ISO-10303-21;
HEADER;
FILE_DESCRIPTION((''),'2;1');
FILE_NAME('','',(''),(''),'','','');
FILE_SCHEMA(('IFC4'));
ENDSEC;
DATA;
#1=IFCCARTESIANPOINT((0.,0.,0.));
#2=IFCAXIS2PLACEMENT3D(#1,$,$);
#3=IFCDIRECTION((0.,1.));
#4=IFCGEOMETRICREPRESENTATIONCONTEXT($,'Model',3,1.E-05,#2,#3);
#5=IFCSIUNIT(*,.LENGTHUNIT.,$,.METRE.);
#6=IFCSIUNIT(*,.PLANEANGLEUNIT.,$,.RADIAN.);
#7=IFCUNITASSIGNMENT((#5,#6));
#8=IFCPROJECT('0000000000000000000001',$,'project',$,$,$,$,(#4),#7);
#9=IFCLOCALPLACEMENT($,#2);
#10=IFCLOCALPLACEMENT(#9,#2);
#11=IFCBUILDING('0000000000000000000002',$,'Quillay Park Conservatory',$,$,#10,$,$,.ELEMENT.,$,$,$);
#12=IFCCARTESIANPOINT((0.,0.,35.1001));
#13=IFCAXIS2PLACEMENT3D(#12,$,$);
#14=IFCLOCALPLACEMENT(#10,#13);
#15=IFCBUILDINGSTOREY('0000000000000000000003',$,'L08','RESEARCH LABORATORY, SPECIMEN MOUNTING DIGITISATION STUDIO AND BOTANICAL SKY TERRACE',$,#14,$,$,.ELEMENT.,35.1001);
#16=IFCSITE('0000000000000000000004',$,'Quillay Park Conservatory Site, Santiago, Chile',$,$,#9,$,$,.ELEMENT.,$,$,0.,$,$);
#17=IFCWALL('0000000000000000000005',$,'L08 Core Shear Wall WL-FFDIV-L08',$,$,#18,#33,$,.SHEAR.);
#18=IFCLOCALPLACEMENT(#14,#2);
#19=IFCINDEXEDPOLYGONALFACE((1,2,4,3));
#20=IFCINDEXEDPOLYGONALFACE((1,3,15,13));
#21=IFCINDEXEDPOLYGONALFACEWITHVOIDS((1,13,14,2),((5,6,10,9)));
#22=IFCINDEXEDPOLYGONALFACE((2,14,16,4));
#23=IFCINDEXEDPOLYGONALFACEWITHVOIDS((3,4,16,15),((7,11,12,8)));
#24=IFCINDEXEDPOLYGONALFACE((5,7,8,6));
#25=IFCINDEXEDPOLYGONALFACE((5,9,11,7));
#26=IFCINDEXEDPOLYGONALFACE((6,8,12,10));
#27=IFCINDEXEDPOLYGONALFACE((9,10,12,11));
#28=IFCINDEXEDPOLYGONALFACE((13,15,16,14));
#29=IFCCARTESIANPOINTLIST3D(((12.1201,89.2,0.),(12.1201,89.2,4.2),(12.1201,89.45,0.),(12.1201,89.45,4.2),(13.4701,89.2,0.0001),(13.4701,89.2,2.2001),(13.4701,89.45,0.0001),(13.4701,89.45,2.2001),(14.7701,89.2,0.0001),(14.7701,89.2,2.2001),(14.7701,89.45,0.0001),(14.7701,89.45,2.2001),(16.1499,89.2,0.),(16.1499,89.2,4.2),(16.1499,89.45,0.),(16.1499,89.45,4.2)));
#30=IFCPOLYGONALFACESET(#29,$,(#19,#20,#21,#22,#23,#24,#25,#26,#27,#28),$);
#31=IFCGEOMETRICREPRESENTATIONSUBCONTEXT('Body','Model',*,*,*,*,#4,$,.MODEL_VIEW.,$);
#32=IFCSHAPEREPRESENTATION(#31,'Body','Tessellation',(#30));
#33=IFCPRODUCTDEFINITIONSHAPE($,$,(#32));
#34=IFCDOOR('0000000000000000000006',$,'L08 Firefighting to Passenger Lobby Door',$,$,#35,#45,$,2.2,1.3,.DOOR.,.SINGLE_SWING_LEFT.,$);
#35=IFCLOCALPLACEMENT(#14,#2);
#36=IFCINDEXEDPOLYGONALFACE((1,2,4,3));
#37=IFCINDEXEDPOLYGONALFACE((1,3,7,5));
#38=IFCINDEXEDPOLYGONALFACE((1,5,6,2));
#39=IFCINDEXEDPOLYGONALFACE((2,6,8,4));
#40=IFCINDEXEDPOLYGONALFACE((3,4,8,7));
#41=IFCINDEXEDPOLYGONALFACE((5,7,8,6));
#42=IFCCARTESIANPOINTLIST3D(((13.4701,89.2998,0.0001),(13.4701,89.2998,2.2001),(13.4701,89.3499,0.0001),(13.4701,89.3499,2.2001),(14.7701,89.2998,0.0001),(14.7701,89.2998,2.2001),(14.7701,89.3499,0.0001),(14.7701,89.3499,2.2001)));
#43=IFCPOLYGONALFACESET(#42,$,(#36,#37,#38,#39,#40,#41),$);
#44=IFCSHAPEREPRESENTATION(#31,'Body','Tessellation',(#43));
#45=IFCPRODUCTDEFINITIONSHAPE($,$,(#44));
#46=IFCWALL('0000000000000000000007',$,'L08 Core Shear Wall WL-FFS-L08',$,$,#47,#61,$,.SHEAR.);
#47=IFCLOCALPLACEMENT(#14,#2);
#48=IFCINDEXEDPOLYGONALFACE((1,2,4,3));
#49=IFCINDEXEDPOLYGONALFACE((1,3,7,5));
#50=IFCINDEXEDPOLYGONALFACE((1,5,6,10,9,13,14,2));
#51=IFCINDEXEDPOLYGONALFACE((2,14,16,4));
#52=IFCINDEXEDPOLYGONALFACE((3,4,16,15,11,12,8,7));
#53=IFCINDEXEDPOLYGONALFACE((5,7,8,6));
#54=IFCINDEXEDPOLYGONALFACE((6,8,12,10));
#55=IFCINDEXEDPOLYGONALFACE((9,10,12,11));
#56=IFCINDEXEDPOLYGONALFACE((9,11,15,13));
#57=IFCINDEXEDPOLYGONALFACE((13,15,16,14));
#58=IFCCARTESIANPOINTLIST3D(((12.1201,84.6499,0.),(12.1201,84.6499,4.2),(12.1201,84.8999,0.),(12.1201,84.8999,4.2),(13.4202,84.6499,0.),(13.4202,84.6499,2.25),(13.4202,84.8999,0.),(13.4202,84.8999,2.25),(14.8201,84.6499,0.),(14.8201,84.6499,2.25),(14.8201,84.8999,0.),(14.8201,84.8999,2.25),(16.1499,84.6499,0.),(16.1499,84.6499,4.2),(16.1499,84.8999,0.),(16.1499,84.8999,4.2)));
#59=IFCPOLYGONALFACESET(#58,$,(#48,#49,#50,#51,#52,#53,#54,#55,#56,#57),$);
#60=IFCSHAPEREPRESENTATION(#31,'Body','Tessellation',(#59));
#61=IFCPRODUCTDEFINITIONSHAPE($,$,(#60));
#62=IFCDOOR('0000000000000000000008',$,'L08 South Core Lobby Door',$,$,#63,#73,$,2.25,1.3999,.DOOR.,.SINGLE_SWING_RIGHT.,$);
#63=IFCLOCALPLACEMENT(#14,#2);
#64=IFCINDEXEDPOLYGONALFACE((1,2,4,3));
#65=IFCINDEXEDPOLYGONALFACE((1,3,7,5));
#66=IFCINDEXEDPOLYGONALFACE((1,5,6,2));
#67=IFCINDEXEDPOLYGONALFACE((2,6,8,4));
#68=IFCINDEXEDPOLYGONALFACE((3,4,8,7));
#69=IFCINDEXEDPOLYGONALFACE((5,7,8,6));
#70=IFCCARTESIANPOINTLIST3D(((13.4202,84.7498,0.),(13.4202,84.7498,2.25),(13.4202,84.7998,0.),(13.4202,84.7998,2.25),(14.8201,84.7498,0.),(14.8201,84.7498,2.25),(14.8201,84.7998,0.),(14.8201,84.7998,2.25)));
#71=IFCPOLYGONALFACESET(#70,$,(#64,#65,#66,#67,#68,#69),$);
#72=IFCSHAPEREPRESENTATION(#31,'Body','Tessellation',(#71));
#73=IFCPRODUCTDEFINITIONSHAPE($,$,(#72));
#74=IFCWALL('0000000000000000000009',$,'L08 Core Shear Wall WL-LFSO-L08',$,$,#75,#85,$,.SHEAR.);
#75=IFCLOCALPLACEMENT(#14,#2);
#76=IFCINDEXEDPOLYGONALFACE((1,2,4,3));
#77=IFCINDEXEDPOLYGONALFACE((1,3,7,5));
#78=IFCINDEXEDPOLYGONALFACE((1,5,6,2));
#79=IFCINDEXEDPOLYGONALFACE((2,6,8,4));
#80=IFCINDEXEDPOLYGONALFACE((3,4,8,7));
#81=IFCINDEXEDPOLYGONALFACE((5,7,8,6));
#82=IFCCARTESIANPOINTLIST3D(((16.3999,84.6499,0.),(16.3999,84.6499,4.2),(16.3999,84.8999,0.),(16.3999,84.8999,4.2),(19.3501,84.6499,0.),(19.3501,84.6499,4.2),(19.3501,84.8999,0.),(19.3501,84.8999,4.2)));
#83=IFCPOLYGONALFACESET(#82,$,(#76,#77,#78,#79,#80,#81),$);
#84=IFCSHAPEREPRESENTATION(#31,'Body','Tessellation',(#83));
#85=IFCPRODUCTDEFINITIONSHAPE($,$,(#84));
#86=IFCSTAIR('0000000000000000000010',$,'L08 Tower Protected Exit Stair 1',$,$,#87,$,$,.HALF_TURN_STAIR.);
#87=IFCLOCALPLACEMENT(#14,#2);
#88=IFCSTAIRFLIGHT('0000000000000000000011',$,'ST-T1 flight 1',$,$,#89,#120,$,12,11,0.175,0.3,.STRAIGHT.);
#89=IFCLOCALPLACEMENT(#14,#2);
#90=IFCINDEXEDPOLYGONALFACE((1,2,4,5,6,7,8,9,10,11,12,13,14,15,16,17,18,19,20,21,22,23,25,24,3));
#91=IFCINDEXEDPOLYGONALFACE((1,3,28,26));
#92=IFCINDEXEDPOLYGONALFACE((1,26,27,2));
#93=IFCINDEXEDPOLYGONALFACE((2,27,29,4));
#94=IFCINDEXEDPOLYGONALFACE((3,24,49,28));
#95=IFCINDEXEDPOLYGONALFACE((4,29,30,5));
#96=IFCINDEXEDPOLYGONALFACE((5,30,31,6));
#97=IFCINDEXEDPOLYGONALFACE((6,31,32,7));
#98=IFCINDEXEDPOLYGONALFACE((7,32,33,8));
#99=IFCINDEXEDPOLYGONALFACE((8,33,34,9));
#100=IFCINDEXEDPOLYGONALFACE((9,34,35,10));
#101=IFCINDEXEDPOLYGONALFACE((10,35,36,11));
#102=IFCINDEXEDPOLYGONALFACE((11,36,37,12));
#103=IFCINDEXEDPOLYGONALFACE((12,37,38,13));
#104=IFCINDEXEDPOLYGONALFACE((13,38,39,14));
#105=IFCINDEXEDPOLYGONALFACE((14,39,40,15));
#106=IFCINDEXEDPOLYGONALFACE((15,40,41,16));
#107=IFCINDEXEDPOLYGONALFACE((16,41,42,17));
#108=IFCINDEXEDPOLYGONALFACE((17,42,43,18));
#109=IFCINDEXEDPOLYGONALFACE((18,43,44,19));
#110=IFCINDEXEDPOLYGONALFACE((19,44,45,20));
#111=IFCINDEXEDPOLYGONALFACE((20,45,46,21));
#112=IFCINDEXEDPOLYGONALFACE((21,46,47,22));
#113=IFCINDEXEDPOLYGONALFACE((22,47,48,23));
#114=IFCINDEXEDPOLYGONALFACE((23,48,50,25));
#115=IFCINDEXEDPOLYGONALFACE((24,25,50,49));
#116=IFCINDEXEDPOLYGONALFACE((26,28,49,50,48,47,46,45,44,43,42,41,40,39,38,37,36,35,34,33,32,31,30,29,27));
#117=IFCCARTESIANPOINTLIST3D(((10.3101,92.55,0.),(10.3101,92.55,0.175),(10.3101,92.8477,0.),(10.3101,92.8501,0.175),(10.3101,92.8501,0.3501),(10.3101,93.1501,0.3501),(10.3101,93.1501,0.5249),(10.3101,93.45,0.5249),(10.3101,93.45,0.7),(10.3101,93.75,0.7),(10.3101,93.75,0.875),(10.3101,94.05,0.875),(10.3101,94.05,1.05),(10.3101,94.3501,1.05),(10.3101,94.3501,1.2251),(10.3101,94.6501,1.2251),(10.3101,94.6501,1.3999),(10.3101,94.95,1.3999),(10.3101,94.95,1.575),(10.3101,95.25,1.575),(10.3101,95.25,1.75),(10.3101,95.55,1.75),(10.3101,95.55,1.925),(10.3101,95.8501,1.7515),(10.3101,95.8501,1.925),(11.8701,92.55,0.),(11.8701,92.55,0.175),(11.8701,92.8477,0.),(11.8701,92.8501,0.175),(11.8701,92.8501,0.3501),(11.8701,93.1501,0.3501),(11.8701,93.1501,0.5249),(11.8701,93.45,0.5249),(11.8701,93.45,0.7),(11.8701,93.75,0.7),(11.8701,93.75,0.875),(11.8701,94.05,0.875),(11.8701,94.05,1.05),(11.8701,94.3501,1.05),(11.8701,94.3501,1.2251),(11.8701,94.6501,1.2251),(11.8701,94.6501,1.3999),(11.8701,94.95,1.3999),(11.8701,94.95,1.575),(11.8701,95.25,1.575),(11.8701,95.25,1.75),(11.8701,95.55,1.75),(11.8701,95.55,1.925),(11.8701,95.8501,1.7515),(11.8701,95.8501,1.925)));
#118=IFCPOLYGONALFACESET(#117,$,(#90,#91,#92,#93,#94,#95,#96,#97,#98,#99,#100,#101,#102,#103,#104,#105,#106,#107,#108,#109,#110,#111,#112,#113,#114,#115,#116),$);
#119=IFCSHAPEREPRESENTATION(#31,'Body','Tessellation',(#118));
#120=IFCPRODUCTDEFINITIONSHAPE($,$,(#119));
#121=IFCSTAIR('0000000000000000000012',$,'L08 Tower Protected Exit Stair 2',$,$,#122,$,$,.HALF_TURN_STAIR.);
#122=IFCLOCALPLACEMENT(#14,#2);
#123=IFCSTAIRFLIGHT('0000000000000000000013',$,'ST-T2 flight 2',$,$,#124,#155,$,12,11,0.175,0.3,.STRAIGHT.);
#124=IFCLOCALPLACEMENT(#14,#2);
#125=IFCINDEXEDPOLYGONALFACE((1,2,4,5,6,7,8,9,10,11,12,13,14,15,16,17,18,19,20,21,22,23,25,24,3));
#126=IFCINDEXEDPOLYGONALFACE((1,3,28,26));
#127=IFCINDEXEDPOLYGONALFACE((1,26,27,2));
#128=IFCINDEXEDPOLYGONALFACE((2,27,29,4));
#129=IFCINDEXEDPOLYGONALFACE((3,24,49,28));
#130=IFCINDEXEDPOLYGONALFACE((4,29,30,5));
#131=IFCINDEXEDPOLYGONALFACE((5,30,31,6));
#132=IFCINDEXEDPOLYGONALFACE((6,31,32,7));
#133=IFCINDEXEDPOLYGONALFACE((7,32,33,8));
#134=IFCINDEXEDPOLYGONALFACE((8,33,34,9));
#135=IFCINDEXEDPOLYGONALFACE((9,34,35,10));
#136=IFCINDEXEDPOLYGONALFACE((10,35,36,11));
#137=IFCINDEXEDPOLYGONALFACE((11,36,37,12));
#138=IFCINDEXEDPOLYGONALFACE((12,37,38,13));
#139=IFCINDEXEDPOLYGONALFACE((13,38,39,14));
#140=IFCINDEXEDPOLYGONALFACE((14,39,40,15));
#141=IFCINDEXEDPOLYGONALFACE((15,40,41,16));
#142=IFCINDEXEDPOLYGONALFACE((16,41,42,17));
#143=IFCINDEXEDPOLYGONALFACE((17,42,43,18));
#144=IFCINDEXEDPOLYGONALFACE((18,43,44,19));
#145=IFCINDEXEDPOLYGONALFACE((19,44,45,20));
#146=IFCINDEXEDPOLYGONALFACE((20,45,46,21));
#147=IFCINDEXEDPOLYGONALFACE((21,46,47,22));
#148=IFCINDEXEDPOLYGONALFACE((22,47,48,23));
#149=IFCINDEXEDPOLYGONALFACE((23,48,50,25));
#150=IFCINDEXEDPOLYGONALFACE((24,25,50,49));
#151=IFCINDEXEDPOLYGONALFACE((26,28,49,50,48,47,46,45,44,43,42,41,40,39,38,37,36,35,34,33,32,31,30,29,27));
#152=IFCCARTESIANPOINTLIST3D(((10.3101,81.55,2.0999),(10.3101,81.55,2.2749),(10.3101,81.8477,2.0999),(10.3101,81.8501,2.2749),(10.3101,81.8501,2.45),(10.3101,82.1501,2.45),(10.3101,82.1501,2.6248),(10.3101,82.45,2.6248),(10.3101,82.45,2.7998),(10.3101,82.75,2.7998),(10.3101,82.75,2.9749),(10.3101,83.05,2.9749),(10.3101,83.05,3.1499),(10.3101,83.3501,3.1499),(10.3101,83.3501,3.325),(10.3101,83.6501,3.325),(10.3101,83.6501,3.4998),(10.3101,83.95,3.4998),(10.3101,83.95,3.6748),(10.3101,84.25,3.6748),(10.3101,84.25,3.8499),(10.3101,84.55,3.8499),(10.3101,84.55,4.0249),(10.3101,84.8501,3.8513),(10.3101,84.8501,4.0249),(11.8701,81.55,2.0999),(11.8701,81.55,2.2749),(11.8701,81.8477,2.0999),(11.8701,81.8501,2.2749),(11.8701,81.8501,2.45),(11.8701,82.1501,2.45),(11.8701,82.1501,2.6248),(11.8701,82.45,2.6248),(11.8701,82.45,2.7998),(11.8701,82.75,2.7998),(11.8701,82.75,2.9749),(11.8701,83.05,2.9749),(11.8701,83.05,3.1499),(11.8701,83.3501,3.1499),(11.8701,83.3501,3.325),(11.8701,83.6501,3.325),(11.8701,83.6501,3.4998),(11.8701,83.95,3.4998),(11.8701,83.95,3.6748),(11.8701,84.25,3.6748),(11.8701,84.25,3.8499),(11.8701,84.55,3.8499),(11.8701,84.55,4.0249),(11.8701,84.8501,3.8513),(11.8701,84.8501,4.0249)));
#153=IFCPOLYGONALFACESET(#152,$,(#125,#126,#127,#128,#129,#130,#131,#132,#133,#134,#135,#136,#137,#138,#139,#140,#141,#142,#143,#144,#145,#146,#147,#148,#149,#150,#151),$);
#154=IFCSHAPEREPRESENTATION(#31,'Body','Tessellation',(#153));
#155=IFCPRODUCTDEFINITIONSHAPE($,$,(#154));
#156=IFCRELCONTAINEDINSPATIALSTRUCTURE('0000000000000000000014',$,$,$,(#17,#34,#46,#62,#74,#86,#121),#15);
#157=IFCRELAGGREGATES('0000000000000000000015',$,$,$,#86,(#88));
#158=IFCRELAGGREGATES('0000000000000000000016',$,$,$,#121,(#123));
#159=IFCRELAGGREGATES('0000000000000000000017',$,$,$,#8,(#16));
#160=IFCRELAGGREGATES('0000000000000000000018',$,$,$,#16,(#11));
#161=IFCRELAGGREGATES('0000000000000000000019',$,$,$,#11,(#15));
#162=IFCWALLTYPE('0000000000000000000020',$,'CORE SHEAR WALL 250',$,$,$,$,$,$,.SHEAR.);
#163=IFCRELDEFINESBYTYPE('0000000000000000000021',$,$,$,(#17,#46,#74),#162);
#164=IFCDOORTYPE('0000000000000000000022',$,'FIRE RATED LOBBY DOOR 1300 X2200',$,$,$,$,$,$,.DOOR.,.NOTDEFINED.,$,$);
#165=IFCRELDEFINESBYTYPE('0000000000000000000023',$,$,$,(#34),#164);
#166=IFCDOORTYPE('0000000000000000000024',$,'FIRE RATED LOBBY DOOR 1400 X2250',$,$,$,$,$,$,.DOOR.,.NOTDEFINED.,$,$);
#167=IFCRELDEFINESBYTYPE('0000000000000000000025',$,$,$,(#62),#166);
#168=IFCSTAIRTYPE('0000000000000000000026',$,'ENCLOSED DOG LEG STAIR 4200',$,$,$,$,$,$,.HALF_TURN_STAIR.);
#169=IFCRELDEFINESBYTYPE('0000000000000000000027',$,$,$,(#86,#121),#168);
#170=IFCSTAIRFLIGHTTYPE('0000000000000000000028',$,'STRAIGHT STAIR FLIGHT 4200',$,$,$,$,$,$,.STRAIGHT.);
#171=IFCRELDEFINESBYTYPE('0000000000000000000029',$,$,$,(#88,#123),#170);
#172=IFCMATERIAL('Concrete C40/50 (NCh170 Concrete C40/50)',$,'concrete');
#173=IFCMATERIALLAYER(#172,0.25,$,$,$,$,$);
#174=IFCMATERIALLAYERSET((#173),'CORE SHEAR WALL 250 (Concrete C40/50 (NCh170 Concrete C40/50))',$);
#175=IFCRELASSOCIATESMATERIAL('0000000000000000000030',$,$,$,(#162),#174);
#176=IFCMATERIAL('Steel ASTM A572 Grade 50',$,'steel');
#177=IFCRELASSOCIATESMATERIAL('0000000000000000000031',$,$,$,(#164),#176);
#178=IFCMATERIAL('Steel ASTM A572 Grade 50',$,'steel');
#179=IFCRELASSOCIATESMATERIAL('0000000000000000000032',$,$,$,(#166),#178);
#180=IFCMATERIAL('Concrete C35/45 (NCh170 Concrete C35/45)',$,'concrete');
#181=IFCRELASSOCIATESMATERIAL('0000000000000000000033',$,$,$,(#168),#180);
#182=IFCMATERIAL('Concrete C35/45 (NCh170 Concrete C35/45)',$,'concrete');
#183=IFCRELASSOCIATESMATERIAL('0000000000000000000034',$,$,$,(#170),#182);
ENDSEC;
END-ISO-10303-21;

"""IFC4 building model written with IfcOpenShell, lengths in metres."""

from ifc_helpers import new_model, si_unit, direction, frame, frame_2d, origin, place, context, subcontext, project, spatial, polyline, rectangle, outline, extrude, material, layer, layer_set, type_object, element, fill, aggregate, save


model = new_model("IFC4")

# Units and contexts
model_context = context("Model", 3, precision=1e-05, world=origin(), true_north=direction((0.0, 1.0)))
body_context = subcontext(model_context, "Body", "Model", "MODEL_VIEW")
ifc_project = project(units=[si_unit("LENGTHUNIT", "METRE"), si_unit("PLANEANGLEUNIT", "RADIAN")], contexts=[model_context])

# Site, building, storey
site_placement = place(None, origin())
site = spatial("IfcSite", under=ifc_project, at=site_placement, Name="Quillay Park Conservatory Site, Santiago, Chile", CompositionType="ELEMENT", RefElevation=0.0)
building_placement = place(site_placement, origin())
building = spatial("IfcBuilding", under=site, at=building_placement, Name="Quillay Park Conservatory", CompositionType="ELEMENT")
storey_placement = place(building_placement, frame((0.0, 0.0, 35.1001)))
storey = spatial("IfcBuildingStorey", under=building, at=storey_placement, Name="L08", Description="RESEARCH LABORATORY, SPECIMEN MOUNTING DIGITISATION STUDIO AND BOTANICAL SKY TERRACE", CompositionType="ELEMENT", Elevation=35.1001)

# Shared definitions
ifc_material_1 = material(Name="Concrete C40/50 (NCh170 Concrete C40/50)", Category="concrete")
ifc_layer_1 = layer(ifc_material_1, 0.25)
ifc_layer_set_1 = layer_set([ifc_layer_1], Name="CORE SHEAR WALL 250 (Concrete C40/50 (NCh170 Concrete C40/50))")
wall_type_1 = type_object("IfcWallType", Name="CORE SHEAR WALL 250", PredefinedType="SHEAR", material=ifc_layer_set_1)

# Walls, openings, doors
wall_1_placement = place(storey_placement, frame((12.1201, 89.325, 0.0), z_axis=(0.0, 0.0, 1.0), x_axis=(1.0, 0.0, 0.0)))
wall_1 = element("IfcWall", 1, at=wall_1_placement, inside=storey, type_object=wall_type_1, Name="L08 Core Shear Wall WL-FFDIV-L08", PredefinedType="SHEAR", context=body_context, shape_type="SweptSolid", body=[
    extrude(rectangle(XDim=4.0298, YDim=0.25, at=frame_2d((2.0149, 0.0))), origin(), (0.0, 0.0, 1.0), 4.2),
])
opening_1_placement = place(wall_1_placement, frame((1.3501, 0.0, 0.0)))
opening_1 = element("IfcOpeningElement", 2, at=opening_1_placement, cuts=wall_1, PredefinedType="OPENING", context=body_context, shape_type="SweptSolid", body=[
    extrude(rectangle(XDim=1.3, YDim=2.2, at=frame_2d((0.6499, 1.1001))), frame((0.0, 0.125, 0.0), z_axis=(0.0, -1.0, 0.0), x_axis=(1.0, 0.0, 0.0)), (0.0, 0.0, 1.0), 0.25),
])
ifc_material_2 = material(Name="Steel ASTM A572 Grade 50", Category="steel")
door_type_1 = type_object("IfcDoorType", Name="FIRE RATED LOBBY DOOR 1300 X2200", OperationType="NOTDEFINED", PredefinedType="DOOR", material=ifc_material_2)
door_1_placement = place(opening_1_placement, origin())
door_1 = element("IfcDoor", 3, at=door_1_placement, inside=storey, type_object=door_type_1, Name="L08 Firefighting to Passenger Lobby Door", OperationType="SINGLE_SWING_LEFT", OverallHeight=2.2, OverallWidth=1.3, PredefinedType="DOOR", context=body_context, shape_type="SweptSolid", body=[
    extrude(rectangle(XDim=1.3, YDim=2.2, at=frame_2d((0.6499, 1.1001))), frame((0.0, 0.0249, 0.0), z_axis=(0.0, -1.0, 0.0), x_axis=(1.0, 0.0, 0.0)), (0.0, 0.0, 1.0), 0.05),
])
fill(opening_1, door_1)
wall_2_placement = place(storey_placement, frame((12.1201, 84.7749, 0.0), z_axis=(0.0, 0.0, 1.0), x_axis=(1.0, 0.0, 0.0)))
wall_2 = element("IfcWall", 4, at=wall_2_placement, inside=storey, type_object=wall_type_1, Name="L08 Core Shear Wall WL-FFS-L08", PredefinedType="SHEAR", context=body_context, shape_type="SweptSolid", body=[
    extrude(rectangle(XDim=4.0298, YDim=0.25, at=frame_2d((2.0149, 0.0))), origin(), (0.0, 0.0, 1.0), 4.2),
])
opening_2_placement = place(wall_2_placement, frame((1.3, 0.0, 0.0)))
opening_2 = element("IfcOpeningElement", 5, at=opening_2_placement, cuts=wall_2, PredefinedType="OPENING", context=body_context, shape_type="SweptSolid", body=[
    extrude(rectangle(XDim=1.3999, YDim=2.25, at=frame_2d((0.7, 1.125))), frame((0.0, 0.125, 0.0), z_axis=(0.0, -1.0, 0.0), x_axis=(1.0, 0.0, 0.0)), (0.0, 0.0, 1.0), 0.25),
])
ifc_material_3 = material(Name="Steel ASTM A572 Grade 50", Category="steel")
door_type_2 = type_object("IfcDoorType", Name="FIRE RATED LOBBY DOOR 1400 X2250", OperationType="NOTDEFINED", PredefinedType="DOOR", material=ifc_material_3)
door_2_placement = place(opening_2_placement, origin())
door_2 = element("IfcDoor", 6, at=door_2_placement, inside=storey, type_object=door_type_2, Name="L08 South Core Lobby Door", OperationType="SINGLE_SWING_RIGHT", OverallHeight=2.25, OverallWidth=1.3999, PredefinedType="DOOR", context=body_context, shape_type="SweptSolid", body=[
    extrude(rectangle(XDim=1.3999, YDim=2.25, at=frame_2d((0.7, 1.125))), frame((0.0, 0.0249, 0.0), z_axis=(0.0, -1.0, 0.0), x_axis=(1.0, 0.0, 0.0)), (0.0, 0.0, 1.0), 0.05),
])
fill(opening_2, door_2)

# Wall
wall_3_placement = place(storey_placement, frame((16.3999, 84.7749, 0.0), z_axis=(0.0, 0.0, 1.0), x_axis=(1.0, 0.0, 0.0)))
element("IfcWall", 7, at=wall_3_placement, inside=storey, type_object=wall_type_1, Name="L08 Core Shear Wall WL-LFSO-L08", PredefinedType="SHEAR", context=body_context, shape_type="SweptSolid", body=[
    extrude(rectangle(XDim=2.9502, YDim=0.25, at=frame_2d((1.4751, 0.0))), origin(), (0.0, 0.0, 1.0), 4.2),
])

# Stairs, stair flights
ifc_material_4 = material(Name="Concrete C35/45 (NCh170 Concrete C35/45)", Category="concrete")
stair_type = type_object("IfcStairType", Name="ENCLOSED DOG LEG STAIR 4200", PredefinedType="HALF_TURN_STAIR", material=ifc_material_4)
stair_1_placement = place(storey_placement, origin())
stair_1 = element("IfcStair", 8, at=stair_1_placement, inside=storey, type_object=stair_type, Name="L08 Tower Protected Exit Stair 1", PredefinedType="HALF_TURN_STAIR")
ifc_material_5 = material(Name="Concrete C35/45 (NCh170 Concrete C35/45)", Category="concrete")
stair_flight_type = type_object("IfcStairFlightType", Name="STRAIGHT STAIR FLIGHT 4200", PredefinedType="STRAIGHT", material=ifc_material_5)
stair_flight_1_placement = place(storey_placement, frame((11.0901, 92.55, 0.0), z_axis=(0.0, 0.0, 1.0), x_axis=(0.0, 1.0, 0.0)))
stair_flight_1 = element("IfcStairFlight", 9, at=stair_flight_1_placement, type_object=stair_flight_type, Name="ST-T1 flight 1", NumberOfRisers=12, NumberOfTreads=11, PredefinedType="STRAIGHT", RiserHeight=0.175, TreadLength=0.3, context=body_context, shape_type="SweptSolid", body=[
    extrude(outline(polyline([(0.0, 0.0), (0.0, 0.175), (0.3, 0.175), (0.3, 0.3501), (0.6001, 0.3501), (0.6001, 0.5249), (0.8999, 0.5249), (0.8999, 0.7), (1.2, 0.7), (1.2, 0.875), (1.5, 0.875), (1.5, 1.05), (1.8, 1.05), (1.8, 1.2251), (2.1001, 1.2251), (2.1001, 1.3999), (2.3999, 1.3999), (2.3999, 1.575), (2.7, 1.575), (2.7, 1.75), (3.0, 1.75), (3.0, 1.925), (3.3, 1.925), (3.3, 2.1001), (3.3, 1.7515), (0.2976, 0.0), (0.0, 0.0)])), frame((0.0, 0.78, 0.0), z_axis=(0.0, -1.0, 0.0), x_axis=(1.0, 0.0, 0.0)), (0.0, 0.0, 1.0), 1.5601),
])
aggregate(stair_1, [stair_flight_1])
stair_2_placement = place(storey_placement, origin())
stair_2 = element("IfcStair", 10, at=stair_2_placement, inside=storey, type_object=stair_type, Name="L08 Tower Protected Exit Stair 2", PredefinedType="HALF_TURN_STAIR")
stair_flight_2_placement = place(storey_placement, frame((11.0901, 81.55, 2.0999), z_axis=(0.0, 0.0, 1.0), x_axis=(0.0, 1.0, 0.0)))
stair_flight_2 = element("IfcStairFlight", 11, at=stair_flight_2_placement, type_object=stair_flight_type, Name="ST-T2 flight 2", NumberOfRisers=12, NumberOfTreads=11, PredefinedType="STRAIGHT", RiserHeight=0.175, TreadLength=0.3, context=body_context, shape_type="SweptSolid", body=[
    extrude(outline(polyline([(0.0, 0.0), (0.0, 0.175), (0.3, 0.175), (0.3, 0.3501), (0.6001, 0.3501), (0.6001, 0.5249), (0.8999, 0.5249), (0.8999, 0.7), (1.2, 0.7), (1.2, 0.875), (1.5, 0.875), (1.5, 1.05), (1.8, 1.05), (1.8, 1.2251), (2.1001, 1.2251), (2.1001, 1.3999), (2.3999, 1.3999), (2.3999, 1.575), (2.7, 1.575), (2.7, 1.75), (3.0, 1.75), (3.0, 1.925), (3.3, 1.925), (3.3, 2.1001), (3.3, 1.7515), (0.2976, 0.0), (0.0, 0.0)])), frame((0.0, 0.78, 0.0), z_axis=(0.0, -1.0, 0.0), x_axis=(1.0, 0.0, 0.0)), (0.0, 0.0, 1.0), 1.5601),
])
aggregate(stair_2, [stair_flight_2])

save(model, "model.ifc")
